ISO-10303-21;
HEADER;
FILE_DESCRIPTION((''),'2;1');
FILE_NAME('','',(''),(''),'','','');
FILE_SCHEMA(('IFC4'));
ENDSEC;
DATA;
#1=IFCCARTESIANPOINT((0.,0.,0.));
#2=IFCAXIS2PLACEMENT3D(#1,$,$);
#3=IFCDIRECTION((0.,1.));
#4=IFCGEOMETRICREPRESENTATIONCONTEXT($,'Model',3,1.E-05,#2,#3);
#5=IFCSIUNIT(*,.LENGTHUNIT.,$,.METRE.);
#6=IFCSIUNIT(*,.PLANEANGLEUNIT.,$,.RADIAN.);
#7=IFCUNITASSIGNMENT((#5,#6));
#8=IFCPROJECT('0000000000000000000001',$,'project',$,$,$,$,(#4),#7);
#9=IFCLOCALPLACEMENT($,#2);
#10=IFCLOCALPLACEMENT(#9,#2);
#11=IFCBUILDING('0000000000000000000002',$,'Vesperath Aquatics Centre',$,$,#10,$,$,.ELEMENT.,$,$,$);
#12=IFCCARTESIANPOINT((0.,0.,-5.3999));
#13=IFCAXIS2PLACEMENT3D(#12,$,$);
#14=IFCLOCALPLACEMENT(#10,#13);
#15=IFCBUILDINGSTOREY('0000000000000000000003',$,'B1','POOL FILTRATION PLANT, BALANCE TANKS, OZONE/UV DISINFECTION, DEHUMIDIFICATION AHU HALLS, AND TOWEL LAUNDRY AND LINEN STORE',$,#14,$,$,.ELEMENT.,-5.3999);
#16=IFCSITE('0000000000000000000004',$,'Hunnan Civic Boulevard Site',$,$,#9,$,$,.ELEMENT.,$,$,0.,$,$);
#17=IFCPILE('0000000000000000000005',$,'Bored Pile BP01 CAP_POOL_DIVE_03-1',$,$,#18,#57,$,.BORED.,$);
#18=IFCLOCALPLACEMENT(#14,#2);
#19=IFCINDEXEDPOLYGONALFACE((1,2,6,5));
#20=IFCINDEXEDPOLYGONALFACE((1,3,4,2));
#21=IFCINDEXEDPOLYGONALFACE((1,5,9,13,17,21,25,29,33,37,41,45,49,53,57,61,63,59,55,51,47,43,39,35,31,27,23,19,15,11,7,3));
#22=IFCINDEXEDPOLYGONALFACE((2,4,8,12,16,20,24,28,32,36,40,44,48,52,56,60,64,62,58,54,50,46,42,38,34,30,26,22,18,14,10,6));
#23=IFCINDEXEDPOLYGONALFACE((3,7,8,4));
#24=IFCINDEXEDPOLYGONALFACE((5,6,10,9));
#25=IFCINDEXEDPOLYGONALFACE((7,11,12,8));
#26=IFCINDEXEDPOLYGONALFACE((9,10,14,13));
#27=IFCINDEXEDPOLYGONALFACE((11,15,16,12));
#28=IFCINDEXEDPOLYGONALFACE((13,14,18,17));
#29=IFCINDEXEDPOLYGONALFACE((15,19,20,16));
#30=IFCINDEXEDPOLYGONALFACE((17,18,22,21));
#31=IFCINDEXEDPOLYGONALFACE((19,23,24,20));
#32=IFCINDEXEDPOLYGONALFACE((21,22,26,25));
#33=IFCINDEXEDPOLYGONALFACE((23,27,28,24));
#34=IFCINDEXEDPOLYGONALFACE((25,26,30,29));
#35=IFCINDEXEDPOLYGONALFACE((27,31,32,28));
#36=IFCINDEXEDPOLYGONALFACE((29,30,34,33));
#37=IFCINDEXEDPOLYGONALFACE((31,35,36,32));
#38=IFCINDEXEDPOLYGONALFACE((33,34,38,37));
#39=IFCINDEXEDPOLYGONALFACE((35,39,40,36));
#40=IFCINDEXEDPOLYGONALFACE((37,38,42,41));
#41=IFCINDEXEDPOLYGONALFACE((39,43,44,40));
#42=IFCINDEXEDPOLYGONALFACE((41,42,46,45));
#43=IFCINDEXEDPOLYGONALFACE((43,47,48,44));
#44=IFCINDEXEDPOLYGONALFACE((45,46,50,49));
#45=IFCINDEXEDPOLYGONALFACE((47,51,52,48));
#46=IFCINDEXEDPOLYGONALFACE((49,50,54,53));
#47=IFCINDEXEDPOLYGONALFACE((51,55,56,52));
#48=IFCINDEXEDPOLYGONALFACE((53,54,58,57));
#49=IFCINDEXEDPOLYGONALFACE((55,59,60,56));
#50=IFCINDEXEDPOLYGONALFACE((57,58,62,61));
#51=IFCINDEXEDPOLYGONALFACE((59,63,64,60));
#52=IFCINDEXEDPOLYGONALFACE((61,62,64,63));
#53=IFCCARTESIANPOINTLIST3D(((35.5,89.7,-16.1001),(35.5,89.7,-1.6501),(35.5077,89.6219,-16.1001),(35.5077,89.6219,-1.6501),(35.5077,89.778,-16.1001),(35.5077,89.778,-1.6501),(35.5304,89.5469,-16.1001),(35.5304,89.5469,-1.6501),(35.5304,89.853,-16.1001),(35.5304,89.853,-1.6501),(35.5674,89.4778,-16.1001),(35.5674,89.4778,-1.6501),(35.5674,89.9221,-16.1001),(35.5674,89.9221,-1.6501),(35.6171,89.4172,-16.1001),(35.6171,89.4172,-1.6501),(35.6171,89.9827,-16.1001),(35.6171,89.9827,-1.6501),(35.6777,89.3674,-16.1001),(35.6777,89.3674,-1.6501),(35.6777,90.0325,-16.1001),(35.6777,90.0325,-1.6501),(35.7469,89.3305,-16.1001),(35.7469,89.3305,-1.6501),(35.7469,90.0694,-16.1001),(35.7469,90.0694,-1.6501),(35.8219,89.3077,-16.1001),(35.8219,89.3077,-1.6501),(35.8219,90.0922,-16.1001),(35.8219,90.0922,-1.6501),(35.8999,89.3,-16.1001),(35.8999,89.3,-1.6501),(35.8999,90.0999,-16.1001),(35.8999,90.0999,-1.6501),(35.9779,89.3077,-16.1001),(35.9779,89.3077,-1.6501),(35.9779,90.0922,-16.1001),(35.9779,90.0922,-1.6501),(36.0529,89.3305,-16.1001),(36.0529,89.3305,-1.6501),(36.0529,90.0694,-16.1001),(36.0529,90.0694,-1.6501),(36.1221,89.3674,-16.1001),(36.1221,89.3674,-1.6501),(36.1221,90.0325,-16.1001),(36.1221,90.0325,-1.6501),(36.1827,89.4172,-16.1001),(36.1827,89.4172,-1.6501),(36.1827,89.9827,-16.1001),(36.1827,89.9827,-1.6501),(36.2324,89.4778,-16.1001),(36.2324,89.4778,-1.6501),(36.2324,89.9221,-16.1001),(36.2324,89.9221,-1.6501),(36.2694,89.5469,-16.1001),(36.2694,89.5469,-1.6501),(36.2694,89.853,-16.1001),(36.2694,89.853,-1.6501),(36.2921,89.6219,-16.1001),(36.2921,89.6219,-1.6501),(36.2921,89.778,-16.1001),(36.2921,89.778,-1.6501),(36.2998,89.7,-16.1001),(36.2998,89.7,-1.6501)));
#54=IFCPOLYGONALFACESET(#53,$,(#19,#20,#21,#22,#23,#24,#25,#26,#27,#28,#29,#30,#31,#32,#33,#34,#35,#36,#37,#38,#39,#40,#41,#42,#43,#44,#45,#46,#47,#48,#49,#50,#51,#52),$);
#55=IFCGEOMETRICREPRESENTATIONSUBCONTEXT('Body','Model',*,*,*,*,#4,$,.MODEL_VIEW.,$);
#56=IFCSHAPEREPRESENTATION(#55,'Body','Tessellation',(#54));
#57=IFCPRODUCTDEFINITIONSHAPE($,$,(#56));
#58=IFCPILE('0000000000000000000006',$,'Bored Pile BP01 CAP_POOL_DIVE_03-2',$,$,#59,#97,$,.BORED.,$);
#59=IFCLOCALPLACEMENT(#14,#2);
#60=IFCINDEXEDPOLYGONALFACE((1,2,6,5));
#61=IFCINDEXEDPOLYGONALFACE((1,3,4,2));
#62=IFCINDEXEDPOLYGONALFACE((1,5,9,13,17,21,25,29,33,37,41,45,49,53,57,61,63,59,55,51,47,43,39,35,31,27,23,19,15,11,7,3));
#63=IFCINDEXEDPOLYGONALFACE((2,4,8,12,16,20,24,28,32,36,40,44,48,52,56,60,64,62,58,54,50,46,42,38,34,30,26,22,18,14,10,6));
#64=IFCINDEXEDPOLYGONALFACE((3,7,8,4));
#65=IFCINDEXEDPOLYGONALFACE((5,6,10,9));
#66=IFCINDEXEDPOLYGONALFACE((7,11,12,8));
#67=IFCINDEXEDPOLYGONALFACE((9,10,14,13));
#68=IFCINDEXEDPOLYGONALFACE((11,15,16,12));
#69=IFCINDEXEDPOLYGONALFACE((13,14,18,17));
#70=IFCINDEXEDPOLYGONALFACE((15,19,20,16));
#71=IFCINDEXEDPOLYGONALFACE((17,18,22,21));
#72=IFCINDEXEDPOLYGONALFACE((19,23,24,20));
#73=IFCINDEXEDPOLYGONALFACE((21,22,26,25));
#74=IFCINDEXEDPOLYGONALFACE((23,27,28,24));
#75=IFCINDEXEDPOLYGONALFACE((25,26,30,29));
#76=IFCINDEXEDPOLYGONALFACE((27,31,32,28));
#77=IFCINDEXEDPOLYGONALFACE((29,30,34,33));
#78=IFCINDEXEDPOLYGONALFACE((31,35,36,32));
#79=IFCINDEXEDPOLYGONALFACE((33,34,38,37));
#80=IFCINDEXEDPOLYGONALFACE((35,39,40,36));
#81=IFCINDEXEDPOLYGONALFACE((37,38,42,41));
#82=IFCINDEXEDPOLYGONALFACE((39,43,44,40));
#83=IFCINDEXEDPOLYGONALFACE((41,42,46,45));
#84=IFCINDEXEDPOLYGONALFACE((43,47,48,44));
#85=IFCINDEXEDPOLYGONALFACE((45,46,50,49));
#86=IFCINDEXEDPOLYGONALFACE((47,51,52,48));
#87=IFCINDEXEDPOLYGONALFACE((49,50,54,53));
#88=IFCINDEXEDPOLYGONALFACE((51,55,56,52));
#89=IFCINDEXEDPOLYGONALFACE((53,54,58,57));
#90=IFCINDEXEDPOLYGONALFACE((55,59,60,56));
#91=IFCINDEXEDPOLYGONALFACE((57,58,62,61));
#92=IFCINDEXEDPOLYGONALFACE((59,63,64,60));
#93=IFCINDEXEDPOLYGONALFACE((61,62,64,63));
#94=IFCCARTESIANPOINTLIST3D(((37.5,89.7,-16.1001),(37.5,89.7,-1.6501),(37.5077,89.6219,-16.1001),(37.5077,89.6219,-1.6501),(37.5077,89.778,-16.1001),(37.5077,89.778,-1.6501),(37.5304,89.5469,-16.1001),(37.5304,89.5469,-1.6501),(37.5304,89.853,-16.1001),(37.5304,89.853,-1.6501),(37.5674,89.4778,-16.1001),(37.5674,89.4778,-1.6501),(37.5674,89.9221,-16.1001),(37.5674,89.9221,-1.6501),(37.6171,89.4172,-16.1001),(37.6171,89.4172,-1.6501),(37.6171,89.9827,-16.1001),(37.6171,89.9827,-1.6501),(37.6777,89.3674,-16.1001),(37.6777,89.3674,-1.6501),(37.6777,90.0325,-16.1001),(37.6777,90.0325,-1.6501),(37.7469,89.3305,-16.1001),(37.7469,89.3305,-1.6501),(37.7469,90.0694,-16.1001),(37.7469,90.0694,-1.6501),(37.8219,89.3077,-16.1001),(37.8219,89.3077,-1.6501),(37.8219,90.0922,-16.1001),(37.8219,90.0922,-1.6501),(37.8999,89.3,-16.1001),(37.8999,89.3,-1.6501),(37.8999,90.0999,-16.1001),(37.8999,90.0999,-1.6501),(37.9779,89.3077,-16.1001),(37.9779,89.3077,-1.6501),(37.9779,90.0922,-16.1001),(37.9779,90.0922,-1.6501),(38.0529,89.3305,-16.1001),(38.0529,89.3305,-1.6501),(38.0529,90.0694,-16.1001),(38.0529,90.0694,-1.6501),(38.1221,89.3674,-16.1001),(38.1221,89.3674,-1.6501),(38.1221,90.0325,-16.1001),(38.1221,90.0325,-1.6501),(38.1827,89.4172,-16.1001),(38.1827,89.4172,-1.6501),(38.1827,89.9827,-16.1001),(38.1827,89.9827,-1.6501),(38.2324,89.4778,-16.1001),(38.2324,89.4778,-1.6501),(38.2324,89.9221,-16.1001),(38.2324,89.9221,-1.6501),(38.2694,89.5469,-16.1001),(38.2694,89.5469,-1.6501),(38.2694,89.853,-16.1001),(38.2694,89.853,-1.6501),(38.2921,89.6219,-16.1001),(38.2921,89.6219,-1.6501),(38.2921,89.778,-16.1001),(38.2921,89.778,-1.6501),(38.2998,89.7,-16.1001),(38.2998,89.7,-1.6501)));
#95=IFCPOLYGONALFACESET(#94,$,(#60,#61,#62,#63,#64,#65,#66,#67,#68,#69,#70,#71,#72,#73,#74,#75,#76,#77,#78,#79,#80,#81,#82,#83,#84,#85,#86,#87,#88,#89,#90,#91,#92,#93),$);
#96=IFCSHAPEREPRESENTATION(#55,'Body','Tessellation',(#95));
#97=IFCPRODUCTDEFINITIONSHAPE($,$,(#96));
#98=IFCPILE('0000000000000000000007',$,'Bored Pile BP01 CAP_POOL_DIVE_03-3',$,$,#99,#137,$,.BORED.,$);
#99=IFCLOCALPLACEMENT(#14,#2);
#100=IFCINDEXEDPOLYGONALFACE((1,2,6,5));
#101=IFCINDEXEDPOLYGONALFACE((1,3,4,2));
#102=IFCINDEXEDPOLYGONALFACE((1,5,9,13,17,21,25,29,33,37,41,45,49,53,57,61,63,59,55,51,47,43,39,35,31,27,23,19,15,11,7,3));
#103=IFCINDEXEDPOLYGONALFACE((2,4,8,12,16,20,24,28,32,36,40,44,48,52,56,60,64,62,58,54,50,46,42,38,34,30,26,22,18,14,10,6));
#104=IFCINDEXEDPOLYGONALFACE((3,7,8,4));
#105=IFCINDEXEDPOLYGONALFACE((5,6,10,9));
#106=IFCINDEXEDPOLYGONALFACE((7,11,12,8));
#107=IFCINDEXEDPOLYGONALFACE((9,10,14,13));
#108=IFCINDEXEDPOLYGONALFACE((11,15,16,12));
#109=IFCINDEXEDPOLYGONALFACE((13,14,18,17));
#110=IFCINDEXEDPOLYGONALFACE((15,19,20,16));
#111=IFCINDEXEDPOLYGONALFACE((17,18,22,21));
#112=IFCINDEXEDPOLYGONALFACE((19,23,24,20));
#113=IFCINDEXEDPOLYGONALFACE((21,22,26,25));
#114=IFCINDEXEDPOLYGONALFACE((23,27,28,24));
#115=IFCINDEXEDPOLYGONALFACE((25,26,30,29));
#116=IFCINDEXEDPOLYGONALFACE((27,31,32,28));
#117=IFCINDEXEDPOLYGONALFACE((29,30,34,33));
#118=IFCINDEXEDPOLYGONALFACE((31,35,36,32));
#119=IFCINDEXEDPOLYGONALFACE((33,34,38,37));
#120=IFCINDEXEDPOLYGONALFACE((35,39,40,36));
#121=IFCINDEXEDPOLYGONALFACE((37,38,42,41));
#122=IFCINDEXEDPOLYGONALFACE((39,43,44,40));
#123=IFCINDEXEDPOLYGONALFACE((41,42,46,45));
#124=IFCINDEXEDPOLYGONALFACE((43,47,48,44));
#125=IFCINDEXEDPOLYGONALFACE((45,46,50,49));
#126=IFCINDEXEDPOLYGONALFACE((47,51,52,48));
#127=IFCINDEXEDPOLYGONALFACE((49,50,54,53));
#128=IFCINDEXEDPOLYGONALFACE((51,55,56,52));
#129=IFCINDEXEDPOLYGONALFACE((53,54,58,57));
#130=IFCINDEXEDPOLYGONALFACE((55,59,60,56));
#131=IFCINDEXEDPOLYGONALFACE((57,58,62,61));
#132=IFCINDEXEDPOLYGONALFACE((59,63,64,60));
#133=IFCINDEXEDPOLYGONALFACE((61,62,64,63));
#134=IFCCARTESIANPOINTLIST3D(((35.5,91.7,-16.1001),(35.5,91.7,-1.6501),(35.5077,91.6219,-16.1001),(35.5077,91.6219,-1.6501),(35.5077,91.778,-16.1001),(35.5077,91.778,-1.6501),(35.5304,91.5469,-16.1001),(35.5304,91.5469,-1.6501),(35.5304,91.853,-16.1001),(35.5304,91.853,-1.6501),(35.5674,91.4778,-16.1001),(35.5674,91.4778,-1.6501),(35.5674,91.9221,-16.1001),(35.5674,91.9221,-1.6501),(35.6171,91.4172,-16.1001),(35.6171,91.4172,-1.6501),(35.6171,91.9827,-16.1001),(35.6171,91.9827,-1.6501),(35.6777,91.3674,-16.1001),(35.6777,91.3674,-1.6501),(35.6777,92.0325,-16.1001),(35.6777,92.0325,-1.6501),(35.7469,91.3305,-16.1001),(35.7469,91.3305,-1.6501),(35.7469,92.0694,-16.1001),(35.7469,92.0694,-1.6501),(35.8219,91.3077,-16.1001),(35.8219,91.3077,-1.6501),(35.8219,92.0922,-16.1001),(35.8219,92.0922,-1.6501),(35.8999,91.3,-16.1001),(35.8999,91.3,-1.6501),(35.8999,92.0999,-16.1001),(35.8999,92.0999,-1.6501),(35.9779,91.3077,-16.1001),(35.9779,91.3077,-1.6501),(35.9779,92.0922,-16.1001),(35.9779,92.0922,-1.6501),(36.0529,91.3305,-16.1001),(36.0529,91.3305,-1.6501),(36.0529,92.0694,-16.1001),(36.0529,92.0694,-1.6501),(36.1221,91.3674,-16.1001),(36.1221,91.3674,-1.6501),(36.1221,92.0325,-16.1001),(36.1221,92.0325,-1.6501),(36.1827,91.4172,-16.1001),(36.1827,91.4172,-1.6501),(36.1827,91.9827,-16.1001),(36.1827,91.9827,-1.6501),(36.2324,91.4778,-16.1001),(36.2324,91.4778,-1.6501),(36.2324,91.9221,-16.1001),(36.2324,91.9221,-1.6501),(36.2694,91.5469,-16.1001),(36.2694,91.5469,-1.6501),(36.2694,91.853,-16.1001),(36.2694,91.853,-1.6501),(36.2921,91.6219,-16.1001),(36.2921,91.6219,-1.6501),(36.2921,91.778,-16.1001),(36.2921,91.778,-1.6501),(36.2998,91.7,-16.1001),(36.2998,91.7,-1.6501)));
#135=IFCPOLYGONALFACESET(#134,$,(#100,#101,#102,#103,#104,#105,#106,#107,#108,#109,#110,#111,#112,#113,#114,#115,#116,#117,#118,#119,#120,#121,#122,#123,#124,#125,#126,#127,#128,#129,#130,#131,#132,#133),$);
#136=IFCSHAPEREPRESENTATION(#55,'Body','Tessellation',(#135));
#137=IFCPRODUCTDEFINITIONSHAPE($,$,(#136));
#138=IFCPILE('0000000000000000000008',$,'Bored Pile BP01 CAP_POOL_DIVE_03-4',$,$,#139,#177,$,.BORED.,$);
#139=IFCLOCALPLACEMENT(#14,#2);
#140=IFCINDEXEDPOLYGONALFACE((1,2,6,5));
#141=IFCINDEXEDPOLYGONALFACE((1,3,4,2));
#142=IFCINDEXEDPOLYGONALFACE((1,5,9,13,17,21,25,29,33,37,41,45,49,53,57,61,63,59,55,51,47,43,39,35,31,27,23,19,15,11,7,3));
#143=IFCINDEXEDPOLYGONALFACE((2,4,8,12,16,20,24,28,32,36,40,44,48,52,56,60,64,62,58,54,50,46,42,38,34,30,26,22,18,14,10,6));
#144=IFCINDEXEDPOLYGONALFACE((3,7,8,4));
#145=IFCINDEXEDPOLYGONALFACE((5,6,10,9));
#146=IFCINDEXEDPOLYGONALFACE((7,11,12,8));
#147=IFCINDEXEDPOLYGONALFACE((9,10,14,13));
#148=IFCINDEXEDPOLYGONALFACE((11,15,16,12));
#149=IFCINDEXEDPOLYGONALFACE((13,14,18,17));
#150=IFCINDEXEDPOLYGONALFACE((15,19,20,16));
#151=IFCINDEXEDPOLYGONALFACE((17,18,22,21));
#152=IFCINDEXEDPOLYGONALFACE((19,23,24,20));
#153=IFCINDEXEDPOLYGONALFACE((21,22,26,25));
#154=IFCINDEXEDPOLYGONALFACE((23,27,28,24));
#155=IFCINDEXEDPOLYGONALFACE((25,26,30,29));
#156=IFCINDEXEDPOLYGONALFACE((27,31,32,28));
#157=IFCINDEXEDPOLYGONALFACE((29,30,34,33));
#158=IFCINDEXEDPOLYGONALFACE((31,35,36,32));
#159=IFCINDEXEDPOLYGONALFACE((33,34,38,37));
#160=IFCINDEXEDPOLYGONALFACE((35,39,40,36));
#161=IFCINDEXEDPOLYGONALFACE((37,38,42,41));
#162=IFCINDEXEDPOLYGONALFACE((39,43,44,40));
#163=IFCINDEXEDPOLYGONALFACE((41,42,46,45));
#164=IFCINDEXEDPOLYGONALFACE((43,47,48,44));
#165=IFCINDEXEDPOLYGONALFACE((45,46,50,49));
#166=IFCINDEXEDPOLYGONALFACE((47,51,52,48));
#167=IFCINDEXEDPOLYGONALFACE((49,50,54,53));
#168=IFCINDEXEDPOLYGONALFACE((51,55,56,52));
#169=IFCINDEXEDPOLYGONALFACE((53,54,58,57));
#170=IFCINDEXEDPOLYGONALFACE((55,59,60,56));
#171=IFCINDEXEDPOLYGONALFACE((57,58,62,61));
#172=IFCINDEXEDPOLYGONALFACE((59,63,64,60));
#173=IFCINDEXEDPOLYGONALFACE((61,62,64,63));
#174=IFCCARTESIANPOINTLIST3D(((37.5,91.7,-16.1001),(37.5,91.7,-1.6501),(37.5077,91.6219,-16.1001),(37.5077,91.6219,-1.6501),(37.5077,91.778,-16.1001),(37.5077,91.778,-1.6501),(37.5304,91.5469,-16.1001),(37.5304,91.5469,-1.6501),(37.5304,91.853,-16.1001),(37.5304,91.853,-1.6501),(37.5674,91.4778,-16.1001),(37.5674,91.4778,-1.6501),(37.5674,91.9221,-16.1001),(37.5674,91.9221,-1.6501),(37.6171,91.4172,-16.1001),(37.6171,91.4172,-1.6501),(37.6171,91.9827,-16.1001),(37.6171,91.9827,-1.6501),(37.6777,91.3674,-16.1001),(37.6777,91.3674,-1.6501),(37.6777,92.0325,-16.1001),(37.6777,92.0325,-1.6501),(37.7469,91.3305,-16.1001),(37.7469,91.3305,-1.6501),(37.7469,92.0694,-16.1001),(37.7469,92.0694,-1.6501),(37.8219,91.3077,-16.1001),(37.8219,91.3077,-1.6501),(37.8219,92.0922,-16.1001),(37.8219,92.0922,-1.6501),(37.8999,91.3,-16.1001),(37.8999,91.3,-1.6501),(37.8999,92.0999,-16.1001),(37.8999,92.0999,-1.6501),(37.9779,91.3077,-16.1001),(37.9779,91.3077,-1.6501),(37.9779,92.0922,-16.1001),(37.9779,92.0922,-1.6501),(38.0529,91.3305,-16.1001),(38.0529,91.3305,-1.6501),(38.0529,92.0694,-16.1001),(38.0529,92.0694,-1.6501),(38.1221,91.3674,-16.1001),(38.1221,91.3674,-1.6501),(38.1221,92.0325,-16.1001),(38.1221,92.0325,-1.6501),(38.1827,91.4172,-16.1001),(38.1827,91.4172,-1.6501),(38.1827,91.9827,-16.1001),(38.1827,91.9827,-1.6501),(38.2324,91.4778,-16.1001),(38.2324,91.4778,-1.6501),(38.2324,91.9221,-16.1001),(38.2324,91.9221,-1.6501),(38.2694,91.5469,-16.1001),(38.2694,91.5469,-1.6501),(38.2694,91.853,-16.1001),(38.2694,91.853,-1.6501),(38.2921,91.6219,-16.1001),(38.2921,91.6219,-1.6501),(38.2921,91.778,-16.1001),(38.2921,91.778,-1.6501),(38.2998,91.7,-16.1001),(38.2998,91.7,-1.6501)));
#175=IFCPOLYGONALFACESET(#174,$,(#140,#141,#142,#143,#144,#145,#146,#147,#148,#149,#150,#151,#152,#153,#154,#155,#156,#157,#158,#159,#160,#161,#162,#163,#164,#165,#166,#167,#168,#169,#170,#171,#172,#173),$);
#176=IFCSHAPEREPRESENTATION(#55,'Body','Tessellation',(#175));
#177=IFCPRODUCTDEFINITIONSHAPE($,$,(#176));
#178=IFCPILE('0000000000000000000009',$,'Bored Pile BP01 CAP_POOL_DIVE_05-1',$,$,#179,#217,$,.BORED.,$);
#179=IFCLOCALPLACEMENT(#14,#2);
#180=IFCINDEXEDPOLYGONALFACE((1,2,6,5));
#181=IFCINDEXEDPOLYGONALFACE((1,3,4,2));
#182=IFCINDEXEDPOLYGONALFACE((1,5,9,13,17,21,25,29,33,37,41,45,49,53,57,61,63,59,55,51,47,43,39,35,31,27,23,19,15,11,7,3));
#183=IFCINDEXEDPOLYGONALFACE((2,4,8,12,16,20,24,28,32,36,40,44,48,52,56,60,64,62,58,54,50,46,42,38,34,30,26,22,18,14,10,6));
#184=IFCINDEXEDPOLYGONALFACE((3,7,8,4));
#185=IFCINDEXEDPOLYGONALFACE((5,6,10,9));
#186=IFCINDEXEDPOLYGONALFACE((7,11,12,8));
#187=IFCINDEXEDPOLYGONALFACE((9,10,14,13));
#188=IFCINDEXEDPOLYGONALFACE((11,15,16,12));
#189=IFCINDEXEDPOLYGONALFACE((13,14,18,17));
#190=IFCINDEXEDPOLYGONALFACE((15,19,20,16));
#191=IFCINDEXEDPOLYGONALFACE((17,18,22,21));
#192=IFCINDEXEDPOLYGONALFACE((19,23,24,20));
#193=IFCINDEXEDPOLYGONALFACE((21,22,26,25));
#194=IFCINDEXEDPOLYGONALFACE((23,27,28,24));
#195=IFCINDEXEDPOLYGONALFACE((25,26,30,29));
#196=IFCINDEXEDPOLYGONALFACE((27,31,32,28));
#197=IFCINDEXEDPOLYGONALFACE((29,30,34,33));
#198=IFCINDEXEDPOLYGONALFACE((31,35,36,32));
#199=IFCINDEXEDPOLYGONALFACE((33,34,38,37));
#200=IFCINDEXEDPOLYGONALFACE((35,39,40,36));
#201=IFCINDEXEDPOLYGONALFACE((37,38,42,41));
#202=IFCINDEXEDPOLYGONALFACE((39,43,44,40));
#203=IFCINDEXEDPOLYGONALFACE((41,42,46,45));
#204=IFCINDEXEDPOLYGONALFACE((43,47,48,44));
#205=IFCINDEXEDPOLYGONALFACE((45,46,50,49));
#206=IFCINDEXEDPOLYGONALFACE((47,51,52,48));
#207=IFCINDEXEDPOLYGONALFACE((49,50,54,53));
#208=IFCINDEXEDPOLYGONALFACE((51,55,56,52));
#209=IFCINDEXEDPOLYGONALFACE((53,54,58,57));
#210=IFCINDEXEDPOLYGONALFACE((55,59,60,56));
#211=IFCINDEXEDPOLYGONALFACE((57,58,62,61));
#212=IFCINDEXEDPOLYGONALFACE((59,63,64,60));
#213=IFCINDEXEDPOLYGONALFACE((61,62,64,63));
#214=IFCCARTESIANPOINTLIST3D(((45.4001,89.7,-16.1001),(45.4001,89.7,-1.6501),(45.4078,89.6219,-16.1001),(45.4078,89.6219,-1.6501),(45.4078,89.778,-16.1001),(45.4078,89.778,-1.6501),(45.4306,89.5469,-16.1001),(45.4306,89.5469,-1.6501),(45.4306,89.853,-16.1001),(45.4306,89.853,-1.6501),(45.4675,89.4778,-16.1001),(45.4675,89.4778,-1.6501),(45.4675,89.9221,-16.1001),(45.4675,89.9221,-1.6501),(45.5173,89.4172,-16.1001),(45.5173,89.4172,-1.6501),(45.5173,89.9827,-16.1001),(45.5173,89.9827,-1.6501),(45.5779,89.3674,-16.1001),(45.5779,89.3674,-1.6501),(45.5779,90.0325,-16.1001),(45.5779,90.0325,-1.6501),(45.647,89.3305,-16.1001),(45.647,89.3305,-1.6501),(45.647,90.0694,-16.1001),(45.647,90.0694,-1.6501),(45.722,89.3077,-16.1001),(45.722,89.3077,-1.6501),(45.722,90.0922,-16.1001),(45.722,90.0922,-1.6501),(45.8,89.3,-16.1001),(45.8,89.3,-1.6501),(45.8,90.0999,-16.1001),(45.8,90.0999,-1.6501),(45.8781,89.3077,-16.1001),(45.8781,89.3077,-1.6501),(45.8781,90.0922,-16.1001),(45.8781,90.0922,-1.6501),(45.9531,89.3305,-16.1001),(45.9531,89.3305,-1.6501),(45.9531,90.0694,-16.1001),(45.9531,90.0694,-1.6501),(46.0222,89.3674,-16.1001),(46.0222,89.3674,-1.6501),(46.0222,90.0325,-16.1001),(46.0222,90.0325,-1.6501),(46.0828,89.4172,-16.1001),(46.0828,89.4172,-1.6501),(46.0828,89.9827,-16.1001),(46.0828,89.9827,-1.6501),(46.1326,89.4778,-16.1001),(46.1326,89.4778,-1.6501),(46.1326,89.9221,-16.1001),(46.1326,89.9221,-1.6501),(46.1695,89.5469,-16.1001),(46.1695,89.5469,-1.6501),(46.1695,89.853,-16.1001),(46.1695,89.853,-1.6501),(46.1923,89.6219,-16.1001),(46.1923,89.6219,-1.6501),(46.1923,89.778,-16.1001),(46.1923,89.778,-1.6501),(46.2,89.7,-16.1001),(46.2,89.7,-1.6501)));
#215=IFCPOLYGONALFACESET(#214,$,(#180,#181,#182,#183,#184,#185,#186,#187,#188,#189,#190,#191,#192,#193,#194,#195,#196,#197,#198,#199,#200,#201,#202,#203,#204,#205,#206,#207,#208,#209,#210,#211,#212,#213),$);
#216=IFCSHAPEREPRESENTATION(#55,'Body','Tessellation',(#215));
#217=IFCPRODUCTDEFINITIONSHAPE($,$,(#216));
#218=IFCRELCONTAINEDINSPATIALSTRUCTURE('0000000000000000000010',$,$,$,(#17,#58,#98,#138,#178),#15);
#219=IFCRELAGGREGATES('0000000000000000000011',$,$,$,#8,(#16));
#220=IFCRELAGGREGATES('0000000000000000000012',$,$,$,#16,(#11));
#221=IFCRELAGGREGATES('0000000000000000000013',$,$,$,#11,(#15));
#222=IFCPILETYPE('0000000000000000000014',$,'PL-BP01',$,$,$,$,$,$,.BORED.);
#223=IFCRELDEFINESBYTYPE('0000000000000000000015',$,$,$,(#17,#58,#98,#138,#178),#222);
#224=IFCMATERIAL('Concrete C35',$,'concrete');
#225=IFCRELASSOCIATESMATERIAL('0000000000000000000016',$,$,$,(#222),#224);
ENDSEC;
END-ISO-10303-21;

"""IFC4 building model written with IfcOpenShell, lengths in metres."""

from ifc_helpers import new_model, si_unit, direction, frame, origin, origin_2d, place, context, subcontext, project, spatial, circle, extrude, material, material_profile, profile_set, type_object, element, save


model = new_model("IFC4")

# Units and contexts
model_context = context("Model", 3, precision=1e-05, world=origin(), true_north=direction((0.0, 1.0)))
body_context = subcontext(model_context, "Body", "Model", "MODEL_VIEW")
ifc_project = project(units=[si_unit("LENGTHUNIT", "METRE"), si_unit("PLANEANGLEUNIT", "RADIAN")], contexts=[model_context])

# Site, building, storey
site_placement = place(None, origin())
site = spatial("IfcSite", under=ifc_project, at=site_placement, Name="Hunnan Civic Boulevard Site", CompositionType="ELEMENT", RefElevation=0.0)
building_placement = place(site_placement, origin())
building = spatial("IfcBuilding", under=site, at=building_placement, Name="Vesperath Aquatics Centre", CompositionType="ELEMENT")
storey_placement = place(building_placement, frame((0.0, 0.0, -5.3999)))
storey = spatial("IfcBuildingStorey", under=building, at=storey_placement, Name="B1", Description="POOL FILTRATION PLANT, BALANCE TANKS, OZONE/UV DISINFECTION, DEHUMIDIFICATION AHU HALLS, AND TOWEL LAUNDRY AND LINEN STORE", CompositionType="ELEMENT", Elevation=-5.3999)

# Piles
ifc_material_1 = material(Name="Concrete C35", Category="concrete")
ifc_material_profile_1 = material_profile(ifc_material_1, circle(Radius=0.3999, at=origin_2d()), Name="PILE D800")
ifc_profile_set_1 = profile_set([ifc_material_profile_1], Name="Concrete C35")
pile_type = type_object("IfcPileType", Name="PL-BP01", PredefinedType="BORED", material=ifc_profile_set_1)
for number, where, z_axis, x_axis, name in (
    (1, (35.8999, 89.7, -1.6501), (0.0, 0.0, -1.0), (1.0, 0.0, 0.0), "Bored Pile BP01 CAP_POOL_DIVE_03-1"),
    (2, (37.8999, 89.7, -1.6501), (0.0, 0.0, -1.0), (1.0, 0.0, 0.0), "Bored Pile BP01 CAP_POOL_DIVE_03-2"),
    (3, (35.8999, 91.7, -1.6501), (0.0, 0.0, -1.0), (1.0, 0.0, 0.0), "Bored Pile BP01 CAP_POOL_DIVE_03-3"),
    (4, (37.8999, 91.7, -1.6501), (0.0, 0.0, -1.0), (1.0, 0.0, 0.0), "Bored Pile BP01 CAP_POOL_DIVE_03-4"),
    (5, (45.8, 89.7, -1.6501), (0.0, 0.0, -1.0), (1.0, 0.0, 0.0), "Bored Pile BP01 CAP_POOL_DIVE_05-1"),
):
    element("IfcPile", number, at=place(storey_placement, frame(where, z_axis=z_axis, x_axis=x_axis)), inside=storey, type_object=pile_type, Name=name, PredefinedType="BORED", context=body_context, shape_type="SweptSolid", body=[
        extrude(circle(Radius=0.3999, at=origin_2d()), origin(), (0.0, 0.0, 1.0), 14.45),
    ])

save(model, "model.ifc")
